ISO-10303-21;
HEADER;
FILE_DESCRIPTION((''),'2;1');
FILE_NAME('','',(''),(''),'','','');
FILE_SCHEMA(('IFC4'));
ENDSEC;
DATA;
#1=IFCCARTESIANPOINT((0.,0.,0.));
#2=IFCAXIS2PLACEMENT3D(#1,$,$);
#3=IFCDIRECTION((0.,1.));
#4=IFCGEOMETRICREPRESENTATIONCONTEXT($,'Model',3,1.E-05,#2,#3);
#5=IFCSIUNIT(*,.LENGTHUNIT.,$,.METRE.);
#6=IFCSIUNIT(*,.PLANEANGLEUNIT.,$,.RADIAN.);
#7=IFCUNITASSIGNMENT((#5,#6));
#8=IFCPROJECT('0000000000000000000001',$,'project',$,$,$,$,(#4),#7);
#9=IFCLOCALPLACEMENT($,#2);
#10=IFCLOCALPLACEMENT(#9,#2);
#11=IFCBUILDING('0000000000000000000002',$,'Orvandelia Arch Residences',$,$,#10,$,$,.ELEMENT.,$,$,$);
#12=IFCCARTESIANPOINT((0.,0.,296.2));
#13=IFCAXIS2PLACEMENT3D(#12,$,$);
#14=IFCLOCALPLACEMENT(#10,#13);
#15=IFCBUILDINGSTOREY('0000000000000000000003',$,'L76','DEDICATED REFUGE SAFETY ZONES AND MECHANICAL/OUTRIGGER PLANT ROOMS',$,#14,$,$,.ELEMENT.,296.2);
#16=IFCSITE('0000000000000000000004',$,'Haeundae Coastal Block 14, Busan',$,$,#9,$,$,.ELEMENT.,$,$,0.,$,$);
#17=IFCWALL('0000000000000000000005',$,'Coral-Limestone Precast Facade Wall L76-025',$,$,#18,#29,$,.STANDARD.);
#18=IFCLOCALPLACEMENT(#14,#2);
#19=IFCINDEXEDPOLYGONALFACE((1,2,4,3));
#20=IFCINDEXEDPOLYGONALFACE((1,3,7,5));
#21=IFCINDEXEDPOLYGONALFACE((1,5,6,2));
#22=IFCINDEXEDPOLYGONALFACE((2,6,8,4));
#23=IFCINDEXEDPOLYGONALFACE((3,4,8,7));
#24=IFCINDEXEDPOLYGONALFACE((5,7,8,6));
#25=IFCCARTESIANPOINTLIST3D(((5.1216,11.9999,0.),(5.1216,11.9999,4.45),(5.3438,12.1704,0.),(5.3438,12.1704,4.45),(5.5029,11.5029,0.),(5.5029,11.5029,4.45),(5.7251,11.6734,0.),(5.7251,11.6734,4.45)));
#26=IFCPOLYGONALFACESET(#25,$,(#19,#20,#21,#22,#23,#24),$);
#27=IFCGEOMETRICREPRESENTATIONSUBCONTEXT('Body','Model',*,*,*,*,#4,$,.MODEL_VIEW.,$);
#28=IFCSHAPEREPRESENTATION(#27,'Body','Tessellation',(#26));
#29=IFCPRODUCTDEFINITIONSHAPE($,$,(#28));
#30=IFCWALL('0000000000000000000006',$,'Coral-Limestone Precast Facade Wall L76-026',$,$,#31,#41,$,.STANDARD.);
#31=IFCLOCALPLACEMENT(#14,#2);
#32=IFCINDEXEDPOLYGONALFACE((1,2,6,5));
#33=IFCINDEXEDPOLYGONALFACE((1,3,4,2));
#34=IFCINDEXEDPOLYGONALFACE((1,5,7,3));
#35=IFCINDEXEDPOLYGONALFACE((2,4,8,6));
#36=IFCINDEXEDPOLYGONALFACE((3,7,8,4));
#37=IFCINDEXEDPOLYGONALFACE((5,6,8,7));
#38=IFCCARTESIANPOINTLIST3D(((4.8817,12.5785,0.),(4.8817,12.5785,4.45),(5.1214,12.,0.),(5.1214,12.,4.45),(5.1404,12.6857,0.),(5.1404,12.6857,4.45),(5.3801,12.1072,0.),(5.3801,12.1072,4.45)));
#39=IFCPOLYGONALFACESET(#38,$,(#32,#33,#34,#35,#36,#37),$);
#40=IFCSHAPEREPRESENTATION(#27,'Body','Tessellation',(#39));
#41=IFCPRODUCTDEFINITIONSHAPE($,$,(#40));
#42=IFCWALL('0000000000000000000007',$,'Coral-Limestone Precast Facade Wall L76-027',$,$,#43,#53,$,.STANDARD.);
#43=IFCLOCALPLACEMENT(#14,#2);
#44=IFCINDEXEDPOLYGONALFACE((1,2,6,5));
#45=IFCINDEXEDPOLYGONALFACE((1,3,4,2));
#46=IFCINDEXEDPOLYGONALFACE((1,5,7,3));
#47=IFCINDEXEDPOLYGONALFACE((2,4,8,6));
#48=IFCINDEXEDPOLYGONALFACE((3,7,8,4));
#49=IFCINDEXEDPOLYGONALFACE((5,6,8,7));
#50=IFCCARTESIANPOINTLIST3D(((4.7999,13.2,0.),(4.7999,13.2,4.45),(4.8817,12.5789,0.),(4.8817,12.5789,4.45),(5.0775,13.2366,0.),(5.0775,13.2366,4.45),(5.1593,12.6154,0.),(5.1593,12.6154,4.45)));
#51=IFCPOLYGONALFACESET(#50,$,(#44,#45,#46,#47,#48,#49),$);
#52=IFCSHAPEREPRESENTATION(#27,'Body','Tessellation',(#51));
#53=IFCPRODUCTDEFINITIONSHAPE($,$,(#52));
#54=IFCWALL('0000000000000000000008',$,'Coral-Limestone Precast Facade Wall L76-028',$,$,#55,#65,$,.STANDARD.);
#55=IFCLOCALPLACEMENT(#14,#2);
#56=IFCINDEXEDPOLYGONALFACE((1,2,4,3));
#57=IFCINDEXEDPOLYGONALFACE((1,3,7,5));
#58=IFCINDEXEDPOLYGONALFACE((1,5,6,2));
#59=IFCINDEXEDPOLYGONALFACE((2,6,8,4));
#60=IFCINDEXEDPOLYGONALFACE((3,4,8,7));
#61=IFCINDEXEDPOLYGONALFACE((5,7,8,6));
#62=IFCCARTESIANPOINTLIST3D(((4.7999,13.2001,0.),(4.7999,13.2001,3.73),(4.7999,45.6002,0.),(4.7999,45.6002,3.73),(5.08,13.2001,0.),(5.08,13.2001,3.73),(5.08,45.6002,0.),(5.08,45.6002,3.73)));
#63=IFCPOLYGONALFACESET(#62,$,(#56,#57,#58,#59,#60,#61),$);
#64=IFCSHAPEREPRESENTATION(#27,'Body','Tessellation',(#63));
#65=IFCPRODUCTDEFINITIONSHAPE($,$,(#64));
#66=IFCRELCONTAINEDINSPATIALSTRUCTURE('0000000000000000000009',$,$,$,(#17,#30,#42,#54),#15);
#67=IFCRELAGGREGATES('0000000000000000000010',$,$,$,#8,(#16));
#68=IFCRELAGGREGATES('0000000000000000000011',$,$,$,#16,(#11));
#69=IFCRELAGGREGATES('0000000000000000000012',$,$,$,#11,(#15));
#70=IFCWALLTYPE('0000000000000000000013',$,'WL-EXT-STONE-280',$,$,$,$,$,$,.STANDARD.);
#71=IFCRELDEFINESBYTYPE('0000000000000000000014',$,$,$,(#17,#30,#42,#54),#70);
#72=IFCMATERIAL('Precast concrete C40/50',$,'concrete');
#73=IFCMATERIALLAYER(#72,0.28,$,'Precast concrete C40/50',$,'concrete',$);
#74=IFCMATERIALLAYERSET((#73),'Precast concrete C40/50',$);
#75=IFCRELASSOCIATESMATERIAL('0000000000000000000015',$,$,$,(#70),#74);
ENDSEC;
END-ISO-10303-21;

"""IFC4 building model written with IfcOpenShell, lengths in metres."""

from ifc_helpers import new_model, si_unit, direction, frame, frame_2d, origin, place, context, subcontext, project, spatial, rectangle, extrude, material, layer, layer_set, type_object, element, save


model = new_model("IFC4")

# Units and contexts
model_context = context("Model", 3, precision=1e-05, world=origin(), true_north=direction((0.0, 1.0)))
body_context = subcontext(model_context, "Body", "Model", "MODEL_VIEW")
ifc_project = project(units=[si_unit("LENGTHUNIT", "METRE"), si_unit("PLANEANGLEUNIT", "RADIAN")], contexts=[model_context])

# Site, building, storey
site_placement = place(None, origin())
site = spatial("IfcSite", under=ifc_project, at=site_placement, Name="Haeundae Coastal Block 14, Busan", CompositionType="ELEMENT", RefElevation=0.0)
building_placement = place(site_placement, origin())
building = spatial("IfcBuilding", under=site, at=building_placement, Name="Orvandelia Arch Residences", CompositionType="ELEMENT")
storey_placement = place(building_placement, frame((0.0, 0.0, 296.2)))
storey = spatial("IfcBuildingStorey", under=building, at=storey_placement, Name="L76", Description="DEDICATED REFUGE SAFETY ZONES AND MECHANICAL/OUTRIGGER PLANT ROOMS", CompositionType="ELEMENT", Elevation=296.2)

# Walls
ifc_material_1 = material(Name="Precast concrete C40/50", Category="concrete")
ifc_layer_1 = layer(ifc_material_1, 0.28, Name="Precast concrete C40/50", Category="concrete")
ifc_layer_set_1 = layer_set([ifc_layer_1], Name="Precast concrete C40/50")
wall_type_1 = type_object("IfcWallType", Name="WL-EXT-STONE-280", PredefinedType="STANDARD", material=ifc_layer_set_1)
for number, where, z_axis, x_axis, name in (
    (1, (5.614, 11.5881, 0.0), (0.0, 0.0, 1.0), (-0.608693, 0.793406, 0.0), "Coral-Limestone Precast Facade Wall L76-025"),
):
    element("IfcWall", number, at=place(storey_placement, frame(where, z_axis=z_axis, x_axis=x_axis)), inside=storey, type_object=wall_type_1, Name=name, PredefinedType="STANDARD", context=body_context, shape_type="SweptSolid", body=[
        extrude(rectangle(XDim=0.6265, YDim=0.28, at=frame_2d((0.3132, 0.0))), origin(), (0.0, 0.0, 1.0), 4.45),
    ])
wall_1_placement = place(storey_placement, frame((5.2507, 12.0537, 0.0), z_axis=(0.0, 0.0, 1.0), x_axis=(-0.382788, 0.923836, 0.0)))
element("IfcWall", 2, at=wall_1_placement, inside=storey, type_object=wall_type_1, Name="Coral-Limestone Precast Facade Wall L76-026", PredefinedType="STANDARD", context=body_context, shape_type="SweptSolid", body=[
    extrude(rectangle(XDim=0.6262, YDim=0.28, at=frame_2d((0.313, 0.0))), origin(), (0.0, 0.0, 1.0), 4.45),
])
wall_2_placement = place(storey_placement, frame((5.0205, 12.5972, 0.0), z_axis=(0.0, 0.0, 1.0), x_axis=(-0.130555, 0.991441, 0.0)))
element("IfcWall", 3, at=wall_2_placement, inside=storey, type_object=wall_type_1, Name="Coral-Limestone Precast Facade Wall L76-027", PredefinedType="STANDARD", context=body_context, shape_type="SweptSolid", body=[
    extrude(rectangle(XDim=0.6265, YDim=0.28, at=frame_2d((0.3132, 0.0))), origin(), (0.0, 0.0, 1.0), 4.45),
])
wall_3_placement = place(storey_placement, frame((4.9399, 13.2, 0.0), z_axis=(0.0, 0.0, 1.0), x_axis=(0.0, 1.0, 0.0)))
element("IfcWall", 4, at=wall_3_placement, inside=storey, type_object=wall_type_1, Name="Coral-Limestone Precast Facade Wall L76-028", PredefinedType="STANDARD", context=body_context, shape_type="SweptSolid", body=[
    extrude(rectangle(XDim=32.4001, YDim=0.28, at=frame_2d((16.2002, 0.0))), origin(), (0.0, 0.0, 1.0), 3.73),
])

save(model, "model.ifc")
